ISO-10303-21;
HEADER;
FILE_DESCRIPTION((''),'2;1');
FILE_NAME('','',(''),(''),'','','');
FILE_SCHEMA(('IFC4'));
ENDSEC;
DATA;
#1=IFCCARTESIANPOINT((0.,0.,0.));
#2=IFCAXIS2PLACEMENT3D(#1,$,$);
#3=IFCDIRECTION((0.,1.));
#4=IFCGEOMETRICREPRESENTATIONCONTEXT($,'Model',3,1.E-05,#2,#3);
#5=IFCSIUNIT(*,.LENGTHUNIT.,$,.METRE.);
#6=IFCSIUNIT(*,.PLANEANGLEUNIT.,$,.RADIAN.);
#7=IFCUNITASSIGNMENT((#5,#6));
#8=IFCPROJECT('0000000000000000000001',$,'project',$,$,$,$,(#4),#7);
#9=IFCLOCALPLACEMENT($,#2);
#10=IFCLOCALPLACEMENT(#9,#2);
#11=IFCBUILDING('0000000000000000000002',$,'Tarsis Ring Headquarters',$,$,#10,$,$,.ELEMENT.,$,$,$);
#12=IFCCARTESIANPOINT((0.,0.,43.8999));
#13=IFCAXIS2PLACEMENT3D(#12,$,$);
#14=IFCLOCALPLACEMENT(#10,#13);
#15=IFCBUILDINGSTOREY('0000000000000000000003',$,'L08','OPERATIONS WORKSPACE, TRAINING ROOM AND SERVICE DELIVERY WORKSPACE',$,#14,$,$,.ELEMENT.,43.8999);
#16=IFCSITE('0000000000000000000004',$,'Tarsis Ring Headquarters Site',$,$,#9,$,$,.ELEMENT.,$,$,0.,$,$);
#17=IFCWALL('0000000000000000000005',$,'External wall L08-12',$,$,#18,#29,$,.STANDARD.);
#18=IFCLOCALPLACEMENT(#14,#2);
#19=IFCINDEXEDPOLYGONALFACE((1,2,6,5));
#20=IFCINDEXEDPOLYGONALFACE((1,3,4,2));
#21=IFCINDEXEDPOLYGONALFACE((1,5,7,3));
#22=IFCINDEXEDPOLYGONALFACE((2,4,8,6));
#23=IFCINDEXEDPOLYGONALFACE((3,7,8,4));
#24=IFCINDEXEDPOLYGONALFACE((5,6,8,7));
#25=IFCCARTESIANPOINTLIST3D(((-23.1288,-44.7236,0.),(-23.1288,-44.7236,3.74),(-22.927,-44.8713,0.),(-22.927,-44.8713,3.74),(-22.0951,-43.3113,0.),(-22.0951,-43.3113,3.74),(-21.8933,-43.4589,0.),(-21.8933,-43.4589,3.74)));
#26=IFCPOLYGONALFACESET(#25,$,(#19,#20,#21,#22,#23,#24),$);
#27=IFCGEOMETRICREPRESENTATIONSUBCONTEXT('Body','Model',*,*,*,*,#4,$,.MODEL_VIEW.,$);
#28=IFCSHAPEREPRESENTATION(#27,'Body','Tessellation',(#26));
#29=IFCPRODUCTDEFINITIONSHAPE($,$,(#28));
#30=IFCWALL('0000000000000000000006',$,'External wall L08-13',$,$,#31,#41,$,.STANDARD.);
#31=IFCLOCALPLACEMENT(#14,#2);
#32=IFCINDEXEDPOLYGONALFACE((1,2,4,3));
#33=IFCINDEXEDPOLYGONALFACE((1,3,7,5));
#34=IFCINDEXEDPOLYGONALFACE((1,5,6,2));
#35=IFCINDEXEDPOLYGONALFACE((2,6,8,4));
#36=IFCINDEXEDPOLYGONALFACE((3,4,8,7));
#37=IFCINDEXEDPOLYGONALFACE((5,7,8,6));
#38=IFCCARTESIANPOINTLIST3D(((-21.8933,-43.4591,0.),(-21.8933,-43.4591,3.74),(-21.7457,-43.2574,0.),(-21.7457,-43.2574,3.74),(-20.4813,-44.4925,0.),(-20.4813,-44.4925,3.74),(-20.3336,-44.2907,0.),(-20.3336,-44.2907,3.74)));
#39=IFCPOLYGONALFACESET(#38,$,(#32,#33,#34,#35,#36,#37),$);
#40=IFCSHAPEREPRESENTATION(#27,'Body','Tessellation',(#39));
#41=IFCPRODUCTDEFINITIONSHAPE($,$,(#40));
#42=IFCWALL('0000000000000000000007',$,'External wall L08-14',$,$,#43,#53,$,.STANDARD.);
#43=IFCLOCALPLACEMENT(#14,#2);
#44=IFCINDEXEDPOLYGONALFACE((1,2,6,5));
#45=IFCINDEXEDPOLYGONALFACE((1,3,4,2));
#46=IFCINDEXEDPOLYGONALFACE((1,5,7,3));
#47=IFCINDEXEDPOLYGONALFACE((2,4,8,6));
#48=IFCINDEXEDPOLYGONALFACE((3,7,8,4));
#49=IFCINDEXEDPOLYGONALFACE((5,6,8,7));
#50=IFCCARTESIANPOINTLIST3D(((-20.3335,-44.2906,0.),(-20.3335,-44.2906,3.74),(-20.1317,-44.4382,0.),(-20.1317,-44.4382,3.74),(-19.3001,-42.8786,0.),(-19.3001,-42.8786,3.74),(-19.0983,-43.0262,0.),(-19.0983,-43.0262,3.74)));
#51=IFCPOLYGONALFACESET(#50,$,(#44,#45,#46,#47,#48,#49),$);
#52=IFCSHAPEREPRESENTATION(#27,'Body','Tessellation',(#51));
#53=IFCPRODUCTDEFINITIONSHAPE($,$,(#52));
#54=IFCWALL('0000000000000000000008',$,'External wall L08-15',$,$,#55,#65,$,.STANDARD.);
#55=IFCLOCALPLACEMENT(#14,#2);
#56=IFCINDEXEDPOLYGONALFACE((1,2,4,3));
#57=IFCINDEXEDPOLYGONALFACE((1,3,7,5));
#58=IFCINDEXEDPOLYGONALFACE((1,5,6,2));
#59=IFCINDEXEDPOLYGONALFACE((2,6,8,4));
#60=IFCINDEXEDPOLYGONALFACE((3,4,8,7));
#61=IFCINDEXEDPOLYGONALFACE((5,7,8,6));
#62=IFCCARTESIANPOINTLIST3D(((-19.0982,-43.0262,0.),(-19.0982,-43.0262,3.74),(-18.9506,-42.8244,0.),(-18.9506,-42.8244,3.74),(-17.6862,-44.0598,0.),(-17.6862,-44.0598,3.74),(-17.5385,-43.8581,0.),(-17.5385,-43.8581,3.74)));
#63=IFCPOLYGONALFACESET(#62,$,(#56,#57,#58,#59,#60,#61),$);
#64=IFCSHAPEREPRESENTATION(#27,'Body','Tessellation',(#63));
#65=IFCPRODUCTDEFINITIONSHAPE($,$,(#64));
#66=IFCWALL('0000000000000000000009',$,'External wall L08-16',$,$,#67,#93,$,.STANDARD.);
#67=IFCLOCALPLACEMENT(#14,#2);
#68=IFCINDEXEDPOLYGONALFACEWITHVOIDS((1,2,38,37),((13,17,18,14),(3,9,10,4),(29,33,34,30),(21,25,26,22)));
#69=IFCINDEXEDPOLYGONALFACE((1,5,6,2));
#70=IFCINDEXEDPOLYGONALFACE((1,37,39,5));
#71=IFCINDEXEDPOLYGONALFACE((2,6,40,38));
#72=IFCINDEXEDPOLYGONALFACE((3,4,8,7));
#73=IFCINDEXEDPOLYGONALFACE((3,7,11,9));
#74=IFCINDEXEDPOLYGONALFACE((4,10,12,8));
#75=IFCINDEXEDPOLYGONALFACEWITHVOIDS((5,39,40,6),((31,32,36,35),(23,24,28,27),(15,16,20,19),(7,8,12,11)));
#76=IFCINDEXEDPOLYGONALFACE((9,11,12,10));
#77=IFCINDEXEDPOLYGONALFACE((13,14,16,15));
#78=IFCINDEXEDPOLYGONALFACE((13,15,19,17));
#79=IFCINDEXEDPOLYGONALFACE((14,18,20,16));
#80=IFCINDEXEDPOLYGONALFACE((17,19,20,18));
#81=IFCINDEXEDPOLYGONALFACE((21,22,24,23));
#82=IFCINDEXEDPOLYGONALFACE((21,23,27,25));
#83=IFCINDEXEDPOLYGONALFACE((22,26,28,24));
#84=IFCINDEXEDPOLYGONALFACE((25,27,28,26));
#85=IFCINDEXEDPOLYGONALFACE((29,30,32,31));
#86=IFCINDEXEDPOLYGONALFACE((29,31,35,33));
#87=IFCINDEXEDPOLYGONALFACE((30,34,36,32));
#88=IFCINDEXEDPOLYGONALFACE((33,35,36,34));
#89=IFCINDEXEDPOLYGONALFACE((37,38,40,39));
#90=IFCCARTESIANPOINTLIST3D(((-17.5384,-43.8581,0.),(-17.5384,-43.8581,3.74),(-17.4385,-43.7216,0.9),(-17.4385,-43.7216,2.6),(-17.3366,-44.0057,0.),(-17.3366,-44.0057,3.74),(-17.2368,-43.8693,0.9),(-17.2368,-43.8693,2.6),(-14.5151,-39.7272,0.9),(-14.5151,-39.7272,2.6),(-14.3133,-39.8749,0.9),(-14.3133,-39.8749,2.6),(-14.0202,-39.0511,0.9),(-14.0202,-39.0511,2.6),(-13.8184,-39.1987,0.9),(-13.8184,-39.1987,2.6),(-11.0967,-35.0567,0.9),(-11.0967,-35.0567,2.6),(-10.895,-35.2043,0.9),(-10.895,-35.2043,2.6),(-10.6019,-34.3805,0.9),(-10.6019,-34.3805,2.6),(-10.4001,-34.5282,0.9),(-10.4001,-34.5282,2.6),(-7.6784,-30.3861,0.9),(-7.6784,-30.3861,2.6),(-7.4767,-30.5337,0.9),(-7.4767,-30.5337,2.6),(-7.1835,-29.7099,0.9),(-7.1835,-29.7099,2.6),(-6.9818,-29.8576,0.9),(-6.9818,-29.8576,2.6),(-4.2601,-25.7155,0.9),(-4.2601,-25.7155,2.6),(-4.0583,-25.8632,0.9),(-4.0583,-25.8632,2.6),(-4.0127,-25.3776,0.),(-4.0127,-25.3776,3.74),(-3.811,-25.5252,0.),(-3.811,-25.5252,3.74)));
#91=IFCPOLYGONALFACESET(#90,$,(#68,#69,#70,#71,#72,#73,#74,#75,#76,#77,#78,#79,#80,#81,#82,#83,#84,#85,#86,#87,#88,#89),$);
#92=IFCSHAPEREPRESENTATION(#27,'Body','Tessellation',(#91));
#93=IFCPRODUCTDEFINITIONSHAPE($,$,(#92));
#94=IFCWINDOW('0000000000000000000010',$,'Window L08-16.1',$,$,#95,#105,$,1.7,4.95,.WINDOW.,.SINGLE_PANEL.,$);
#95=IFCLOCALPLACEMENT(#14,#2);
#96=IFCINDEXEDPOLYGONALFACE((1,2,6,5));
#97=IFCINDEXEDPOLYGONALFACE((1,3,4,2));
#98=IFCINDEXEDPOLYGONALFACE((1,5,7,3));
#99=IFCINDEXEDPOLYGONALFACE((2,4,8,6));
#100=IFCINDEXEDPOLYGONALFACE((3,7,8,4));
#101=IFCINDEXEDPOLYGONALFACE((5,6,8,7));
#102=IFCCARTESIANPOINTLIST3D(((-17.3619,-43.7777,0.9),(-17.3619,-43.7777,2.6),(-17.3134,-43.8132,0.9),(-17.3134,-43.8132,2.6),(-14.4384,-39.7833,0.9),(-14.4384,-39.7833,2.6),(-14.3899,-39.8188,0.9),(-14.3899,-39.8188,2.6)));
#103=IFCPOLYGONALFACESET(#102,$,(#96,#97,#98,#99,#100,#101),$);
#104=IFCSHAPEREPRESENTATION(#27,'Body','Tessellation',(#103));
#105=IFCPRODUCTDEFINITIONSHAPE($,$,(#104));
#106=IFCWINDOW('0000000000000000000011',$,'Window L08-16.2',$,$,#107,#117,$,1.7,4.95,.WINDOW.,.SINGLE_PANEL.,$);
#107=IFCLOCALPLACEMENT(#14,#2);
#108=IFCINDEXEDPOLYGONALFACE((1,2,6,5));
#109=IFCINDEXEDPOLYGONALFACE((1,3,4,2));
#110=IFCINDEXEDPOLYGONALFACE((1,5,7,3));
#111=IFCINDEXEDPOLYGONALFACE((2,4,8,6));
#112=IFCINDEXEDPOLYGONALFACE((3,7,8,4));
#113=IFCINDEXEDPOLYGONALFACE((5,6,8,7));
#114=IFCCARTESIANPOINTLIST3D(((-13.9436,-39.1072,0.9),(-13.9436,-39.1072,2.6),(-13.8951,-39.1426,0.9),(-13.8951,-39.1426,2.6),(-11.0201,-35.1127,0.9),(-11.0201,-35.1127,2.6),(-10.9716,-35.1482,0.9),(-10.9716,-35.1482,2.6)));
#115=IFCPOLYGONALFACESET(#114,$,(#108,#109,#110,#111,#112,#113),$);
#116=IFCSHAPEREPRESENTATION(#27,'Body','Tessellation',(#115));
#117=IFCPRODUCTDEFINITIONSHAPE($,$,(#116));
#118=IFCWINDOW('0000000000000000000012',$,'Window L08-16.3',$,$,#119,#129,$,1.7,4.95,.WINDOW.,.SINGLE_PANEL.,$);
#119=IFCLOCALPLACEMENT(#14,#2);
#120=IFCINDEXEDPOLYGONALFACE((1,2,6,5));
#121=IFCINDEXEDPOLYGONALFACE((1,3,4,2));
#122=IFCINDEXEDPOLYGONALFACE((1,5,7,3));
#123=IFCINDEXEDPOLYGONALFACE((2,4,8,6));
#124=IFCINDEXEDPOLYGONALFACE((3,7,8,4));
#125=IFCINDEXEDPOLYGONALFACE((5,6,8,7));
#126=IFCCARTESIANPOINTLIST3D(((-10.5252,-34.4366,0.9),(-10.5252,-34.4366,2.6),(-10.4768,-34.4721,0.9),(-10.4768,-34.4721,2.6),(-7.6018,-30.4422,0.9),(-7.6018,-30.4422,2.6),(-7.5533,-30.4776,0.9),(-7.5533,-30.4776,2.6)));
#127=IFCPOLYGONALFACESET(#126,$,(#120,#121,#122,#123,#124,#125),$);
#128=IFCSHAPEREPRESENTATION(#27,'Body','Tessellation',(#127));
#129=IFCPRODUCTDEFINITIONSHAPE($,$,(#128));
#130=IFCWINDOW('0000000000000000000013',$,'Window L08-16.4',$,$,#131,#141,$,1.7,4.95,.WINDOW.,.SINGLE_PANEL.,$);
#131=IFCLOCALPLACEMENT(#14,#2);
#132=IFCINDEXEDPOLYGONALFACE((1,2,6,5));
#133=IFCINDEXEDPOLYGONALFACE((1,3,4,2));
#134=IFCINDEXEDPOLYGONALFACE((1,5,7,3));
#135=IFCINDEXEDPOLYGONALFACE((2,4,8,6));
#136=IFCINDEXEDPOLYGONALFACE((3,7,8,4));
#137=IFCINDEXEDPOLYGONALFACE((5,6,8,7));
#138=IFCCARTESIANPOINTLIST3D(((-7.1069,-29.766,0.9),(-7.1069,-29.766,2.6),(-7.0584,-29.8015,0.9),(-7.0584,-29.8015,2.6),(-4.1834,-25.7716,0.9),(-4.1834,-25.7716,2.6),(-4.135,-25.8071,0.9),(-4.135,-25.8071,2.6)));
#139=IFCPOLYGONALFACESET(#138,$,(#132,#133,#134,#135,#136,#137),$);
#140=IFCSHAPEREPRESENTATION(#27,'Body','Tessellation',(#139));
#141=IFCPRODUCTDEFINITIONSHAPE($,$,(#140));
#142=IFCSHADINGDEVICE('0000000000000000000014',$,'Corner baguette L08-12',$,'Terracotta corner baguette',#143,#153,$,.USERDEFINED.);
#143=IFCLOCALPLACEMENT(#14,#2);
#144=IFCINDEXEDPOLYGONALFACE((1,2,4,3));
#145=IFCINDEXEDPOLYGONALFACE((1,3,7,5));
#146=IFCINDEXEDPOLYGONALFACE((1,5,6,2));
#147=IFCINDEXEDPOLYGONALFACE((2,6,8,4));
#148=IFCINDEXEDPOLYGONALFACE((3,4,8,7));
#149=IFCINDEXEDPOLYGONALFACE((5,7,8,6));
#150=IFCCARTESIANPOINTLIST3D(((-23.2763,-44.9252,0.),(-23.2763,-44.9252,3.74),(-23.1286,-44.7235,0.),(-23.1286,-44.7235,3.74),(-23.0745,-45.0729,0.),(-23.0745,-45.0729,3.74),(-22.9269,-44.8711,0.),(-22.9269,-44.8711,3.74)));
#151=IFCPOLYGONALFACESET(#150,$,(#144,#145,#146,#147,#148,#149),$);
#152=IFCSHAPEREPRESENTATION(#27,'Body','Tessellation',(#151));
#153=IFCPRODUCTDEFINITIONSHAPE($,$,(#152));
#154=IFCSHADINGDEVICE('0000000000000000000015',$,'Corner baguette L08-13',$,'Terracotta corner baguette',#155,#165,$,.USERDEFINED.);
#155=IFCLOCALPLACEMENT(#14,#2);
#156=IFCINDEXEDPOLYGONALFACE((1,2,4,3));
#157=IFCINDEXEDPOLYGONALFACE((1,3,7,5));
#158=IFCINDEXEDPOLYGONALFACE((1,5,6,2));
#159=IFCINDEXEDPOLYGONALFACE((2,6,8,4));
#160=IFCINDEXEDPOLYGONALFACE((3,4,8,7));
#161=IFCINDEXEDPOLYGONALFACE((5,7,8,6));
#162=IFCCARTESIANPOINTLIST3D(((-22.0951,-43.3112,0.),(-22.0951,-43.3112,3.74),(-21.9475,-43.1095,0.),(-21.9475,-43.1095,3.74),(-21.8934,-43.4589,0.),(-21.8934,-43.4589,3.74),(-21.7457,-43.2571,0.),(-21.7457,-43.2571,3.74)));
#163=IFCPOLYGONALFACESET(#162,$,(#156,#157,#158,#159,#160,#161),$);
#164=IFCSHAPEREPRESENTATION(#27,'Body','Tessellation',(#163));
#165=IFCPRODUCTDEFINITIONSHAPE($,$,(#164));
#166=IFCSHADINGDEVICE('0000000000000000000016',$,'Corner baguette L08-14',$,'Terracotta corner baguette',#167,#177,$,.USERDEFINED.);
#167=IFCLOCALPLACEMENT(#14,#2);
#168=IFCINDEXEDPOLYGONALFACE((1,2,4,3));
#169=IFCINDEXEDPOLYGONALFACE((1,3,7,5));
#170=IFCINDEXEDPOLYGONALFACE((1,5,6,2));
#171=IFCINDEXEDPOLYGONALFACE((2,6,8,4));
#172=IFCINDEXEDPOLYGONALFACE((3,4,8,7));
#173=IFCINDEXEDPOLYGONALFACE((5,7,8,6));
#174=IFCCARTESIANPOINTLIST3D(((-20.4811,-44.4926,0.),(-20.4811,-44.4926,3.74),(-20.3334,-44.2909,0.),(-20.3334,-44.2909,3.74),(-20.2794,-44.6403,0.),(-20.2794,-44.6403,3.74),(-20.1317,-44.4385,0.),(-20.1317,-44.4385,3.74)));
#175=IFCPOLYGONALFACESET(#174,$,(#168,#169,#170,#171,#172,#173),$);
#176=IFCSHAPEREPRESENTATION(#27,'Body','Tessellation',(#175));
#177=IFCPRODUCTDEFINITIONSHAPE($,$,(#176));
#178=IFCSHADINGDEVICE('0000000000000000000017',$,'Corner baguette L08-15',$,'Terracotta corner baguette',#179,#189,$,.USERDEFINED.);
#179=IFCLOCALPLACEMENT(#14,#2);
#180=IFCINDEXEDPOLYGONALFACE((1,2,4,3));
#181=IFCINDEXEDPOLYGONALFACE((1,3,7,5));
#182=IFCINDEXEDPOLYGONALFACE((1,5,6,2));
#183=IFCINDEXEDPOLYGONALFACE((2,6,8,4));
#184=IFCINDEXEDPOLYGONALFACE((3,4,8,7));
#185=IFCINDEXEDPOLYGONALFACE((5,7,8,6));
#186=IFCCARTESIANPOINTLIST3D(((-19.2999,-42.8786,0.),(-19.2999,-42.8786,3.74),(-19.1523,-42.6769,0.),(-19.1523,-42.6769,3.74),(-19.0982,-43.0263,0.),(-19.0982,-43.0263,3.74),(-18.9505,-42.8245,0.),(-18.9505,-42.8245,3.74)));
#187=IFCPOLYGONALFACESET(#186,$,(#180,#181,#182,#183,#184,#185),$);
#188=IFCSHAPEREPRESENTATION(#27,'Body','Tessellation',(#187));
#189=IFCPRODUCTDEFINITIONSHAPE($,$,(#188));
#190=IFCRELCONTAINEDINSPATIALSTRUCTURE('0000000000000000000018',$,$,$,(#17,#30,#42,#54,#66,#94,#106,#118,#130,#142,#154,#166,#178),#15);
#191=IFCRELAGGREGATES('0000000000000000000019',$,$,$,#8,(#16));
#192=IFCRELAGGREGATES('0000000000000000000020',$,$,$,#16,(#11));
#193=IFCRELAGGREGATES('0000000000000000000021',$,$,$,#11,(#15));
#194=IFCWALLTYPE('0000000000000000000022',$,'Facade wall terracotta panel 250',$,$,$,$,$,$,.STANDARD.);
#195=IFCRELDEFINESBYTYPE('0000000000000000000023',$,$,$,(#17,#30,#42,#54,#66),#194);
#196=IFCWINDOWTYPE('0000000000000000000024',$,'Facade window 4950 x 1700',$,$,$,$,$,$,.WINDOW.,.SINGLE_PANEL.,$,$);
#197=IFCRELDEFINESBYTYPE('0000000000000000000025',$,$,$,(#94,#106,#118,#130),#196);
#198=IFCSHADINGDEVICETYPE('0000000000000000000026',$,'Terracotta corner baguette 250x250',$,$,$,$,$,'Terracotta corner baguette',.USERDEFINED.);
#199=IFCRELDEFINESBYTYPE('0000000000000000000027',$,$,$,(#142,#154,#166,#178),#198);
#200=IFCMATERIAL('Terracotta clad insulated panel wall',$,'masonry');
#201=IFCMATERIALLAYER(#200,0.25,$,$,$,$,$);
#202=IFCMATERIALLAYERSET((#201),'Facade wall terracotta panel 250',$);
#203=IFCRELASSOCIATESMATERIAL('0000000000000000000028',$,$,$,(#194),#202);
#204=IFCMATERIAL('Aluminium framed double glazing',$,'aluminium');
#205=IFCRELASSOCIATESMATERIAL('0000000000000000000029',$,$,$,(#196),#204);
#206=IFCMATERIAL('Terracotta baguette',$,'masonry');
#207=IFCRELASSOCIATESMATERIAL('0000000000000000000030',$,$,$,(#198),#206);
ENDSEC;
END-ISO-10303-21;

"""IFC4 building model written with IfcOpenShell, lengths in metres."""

from ifc_helpers import new_model, si_unit, direction, frame, frame_2d, origin, origin_2d, place, context, subcontext, project, spatial, rectangle, extrude, material, layer, layer_set, type_object, element, fill, save


model = new_model("IFC4")

# Units and contexts
model_context = context("Model", 3, precision=1e-05, world=origin(), true_north=direction((0.0, 1.0)))
body_context = subcontext(model_context, "Body", "Model", "MODEL_VIEW")
ifc_project = project(units=[si_unit("LENGTHUNIT", "METRE"), si_unit("PLANEANGLEUNIT", "RADIAN")], contexts=[model_context])

# Site, building, storey
site_placement = place(None, origin())
site = spatial("IfcSite", under=ifc_project, at=site_placement, Name="Tarsis Ring Headquarters Site", CompositionType="ELEMENT", RefElevation=0.0)
building_placement = place(site_placement, origin())
building = spatial("IfcBuilding", under=site, at=building_placement, Name="Tarsis Ring Headquarters", CompositionType="ELEMENT")
storey_placement = place(building_placement, frame((0.0, 0.0, 43.8999)))
storey = spatial("IfcBuildingStorey", under=building, at=storey_placement, Name="L08", Description="OPERATIONS WORKSPACE, TRAINING ROOM AND SERVICE DELIVERY WORKSPACE", CompositionType="ELEMENT", Elevation=43.8999)

# Walls
ifc_material_1 = material(Name="Terracotta clad insulated panel wall", Category="masonry")
ifc_layer_1 = layer(ifc_material_1, 0.25)
ifc_layer_set_1 = layer_set([ifc_layer_1], Name="Facade wall terracotta panel 250")
wall_type_1 = type_object("IfcWallType", Name="Facade wall terracotta panel 250", PredefinedType="STANDARD", material=ifc_layer_set_1)
wall_1_placement = place(storey_placement, frame((-23.0278, -44.7974, 0.0), z_axis=(0.0, 0.0, 1.0), x_axis=(0.590607, 0.806959, 0.0)))
element("IfcWall", 1, at=wall_1_placement, inside=storey, type_object=wall_type_1, Name="External wall L08-12", PredefinedType="STANDARD", context=body_context, shape_type="SweptSolid", body=[
    extrude(rectangle(XDim=1.7502, YDim=0.25, at=frame_2d((0.875, 0.0))), origin(), (0.0, 0.0, 1.0), 3.74),
])
for number, where, z_axis, x_axis, name in (
    (2, (-21.8196, -43.3582, 0.0), (0.0, 0.0, 1.0), (0.806977, -0.590583, 0.0), "External wall L08-13"),
    (3, (-20.2327, -44.3645, 0.0), (0.0, 0.0, 1.0), (0.590583, 0.806977, 0.0), "External wall L08-14"),
):
    element("IfcWall", number, at=place(storey_placement, frame(where, z_axis=z_axis, x_axis=x_axis)), inside=storey, type_object=wall_type_1, Name=name, PredefinedType="STANDARD", context=body_context, shape_type="SweptSolid", body=[
        extrude(rectangle(XDim=1.7498, YDim=0.25, at=frame_2d((0.875, 0.0))), origin(), (0.0, 0.0, 1.0), 3.74),
    ])
wall_2_placement = place(storey_placement, frame((-19.0244, -42.9253, 0.0), z_axis=(0.0, 0.0, 1.0), x_axis=(0.80691, -0.590674, 0.0)))
element("IfcWall", 4, at=wall_2_placement, inside=storey, type_object=wall_type_1, Name="External wall L08-15", PredefinedType="STANDARD", context=body_context, shape_type="SweptSolid", body=[
    extrude(rectangle(XDim=1.75, YDim=0.25, at=frame_2d((0.875, 0.0))), origin(), (0.0, 0.0, 1.0), 3.74),
])

# Wall, openings, windows
wall_3_placement = place(storey_placement, frame((-17.4375, -43.9319, 0.0), z_axis=(0.0, 0.0, 1.0), x_axis=(0.590605, 0.806961, 0.0)))
wall_3 = element("IfcWall", 5, at=wall_3_placement, inside=storey, type_object=wall_type_1, Name="External wall L08-16", PredefinedType="STANDARD", context=body_context, shape_type="SweptSolid", body=[
    extrude(rectangle(XDim=22.9014, YDim=0.25, at=frame_2d((11.4507, 0.0))), origin(), (0.0, 0.0, 1.0), 3.74),
])
opening_1_placement = place(wall_3_placement, frame((0.1689, 0.0, 0.8999)))
opening_1 = element("IfcOpeningElement", 6, at=opening_1_placement, cuts=wall_3, PredefinedType="OPENING", context=body_context, shape_type="SweptSolid", body=[
    extrude(rectangle(XDim=4.95, YDim=1.7, at=frame_2d((2.4751, 0.8501))), frame((0.0, 0.135, 0.0), z_axis=(0.0, -1.0, 0.0), x_axis=(1.0, 0.0, 0.0)), (0.0, 0.0, 1.0), 0.27),
])
opening_2_placement = place(wall_3_placement, frame((5.9568, 0.0, 0.8999)))
opening_2 = element("IfcOpeningElement", 7, at=opening_2_placement, cuts=wall_3, PredefinedType="OPENING", context=body_context, shape_type="SweptSolid", body=[
    extrude(rectangle(XDim=4.95, YDim=1.7, at=frame_2d((2.4751, 0.8501))), frame((0.0, 0.135, 0.0), z_axis=(0.0, -1.0, 0.0), x_axis=(1.0, 0.0, 0.0)), (0.0, 0.0, 1.0), 0.27),
])
opening_3_placement = place(wall_3_placement, frame((11.7446, 0.0, 0.8999)))
opening_3 = element("IfcOpeningElement", 8, at=opening_3_placement, cuts=wall_3, PredefinedType="OPENING", context=body_context, shape_type="SweptSolid", body=[
    extrude(rectangle(XDim=4.95, YDim=1.7, at=frame_2d((2.4751, 0.8501))), frame((0.0, 0.135, 0.0), z_axis=(0.0, -1.0, 0.0), x_axis=(1.0, 0.0, 0.0)), (0.0, 0.0, 1.0), 0.27),
])
opening_4_placement = place(wall_3_placement, frame((17.5325, 0.0, 0.8999)))
opening_4 = element("IfcOpeningElement", 9, at=opening_4_placement, cuts=wall_3, PredefinedType="OPENING", context=body_context, shape_type="SweptSolid", body=[
    extrude(rectangle(XDim=4.95, YDim=1.7, at=frame_2d((2.4751, 0.8501))), frame((0.0, 0.135, 0.0), z_axis=(0.0, -1.0, 0.0), x_axis=(1.0, 0.0, 0.0)), (0.0, 0.0, 1.0), 0.27),
])
ifc_material_2 = material(Name="Aluminium framed double glazing", Category="aluminium")
window_type = type_object("IfcWindowType", Name="Facade window 4950 x 1700", PartitioningType="SINGLE_PANEL", PredefinedType="WINDOW", material=ifc_material_2)
window_1_placement = place(opening_1_placement, origin())
window_1 = element("IfcWindow", 10, at=window_1_placement, inside=storey, type_object=window_type, Name="Window L08-16.1", OverallHeight=1.7, OverallWidth=4.95, PartitioningType="SINGLE_PANEL", PredefinedType="WINDOW", context=body_context, shape_type="SweptSolid", body=[
    extrude(rectangle(XDim=4.95, YDim=1.7, at=frame_2d((2.4751, 0.8501))), frame((0.0, 0.03, 0.0), z_axis=(0.0, -1.0, 0.0), x_axis=(1.0, 0.0, 0.0)), (0.0, 0.0, 1.0), 0.0601),
])
fill(opening_1, window_1)
window_2_placement = place(opening_2_placement, origin())
window_2 = element("IfcWindow", 11, at=window_2_placement, inside=storey, type_object=window_type, Name="Window L08-16.2", OverallHeight=1.7, OverallWidth=4.95, PartitioningType="SINGLE_PANEL", PredefinedType="WINDOW", context=body_context, shape_type="SweptSolid", body=[
    extrude(rectangle(XDim=4.95, YDim=1.7, at=frame_2d((2.4751, 0.8501))), frame((0.0, 0.03, 0.0), z_axis=(0.0, -1.0, 0.0), x_axis=(1.0, 0.0, 0.0)), (0.0, 0.0, 1.0), 0.0601),
])
fill(opening_2, window_2)
window_3_placement = place(opening_3_placement, origin())
window_3 = element("IfcWindow", 12, at=window_3_placement, inside=storey, type_object=window_type, Name="Window L08-16.3", OverallHeight=1.7, OverallWidth=4.95, PartitioningType="SINGLE_PANEL", PredefinedType="WINDOW", context=body_context, shape_type="SweptSolid", body=[
    extrude(rectangle(XDim=4.95, YDim=1.7, at=frame_2d((2.4751, 0.8501))), frame((0.0, 0.03, 0.0), z_axis=(0.0, -1.0, 0.0), x_axis=(1.0, 0.0, 0.0)), (0.0, 0.0, 1.0), 0.0601),
])
fill(opening_3, window_3)
window_4_placement = place(opening_4_placement, origin())
window_4 = element("IfcWindow", 13, at=window_4_placement, inside=storey, type_object=window_type, Name="Window L08-16.4", OverallHeight=1.7, OverallWidth=4.95, PartitioningType="SINGLE_PANEL", PredefinedType="WINDOW", context=body_context, shape_type="SweptSolid", body=[
    extrude(rectangle(XDim=4.95, YDim=1.7, at=frame_2d((2.4751, 0.8501))), frame((0.0, 0.03, 0.0), z_axis=(0.0, -1.0, 0.0), x_axis=(1.0, 0.0, 0.0)), (0.0, 0.0, 1.0), 0.0601),
])
fill(opening_4, window_4)

# Shading devices
ifc_material_3 = material(Name="Terracotta baguette", Category="masonry")
shading_device_type_1 = type_object("IfcShadingDeviceType", Name="Terracotta corner baguette 250x250", ElementType="Terracotta corner baguette", PredefinedType="USERDEFINED", material=ifc_material_3)
for number, where, z_axis, x_axis, name in (
    (14, (-23.1016, -44.8982, 0.0), (0.0, 0.0, 1.0), (0.80696, -0.590606, 0.0), "Corner baguette L08-12"),
    (15, (-21.9204, -43.2842, 0.0), (0.0, 0.0, 1.0), (0.590606, 0.80696, 0.0), "Corner baguette L08-13"),
    (16, (-20.3064, -44.4656, 0.0), (0.0, 0.0, 1.0), (0.80696, -0.590606, 0.0), "Corner baguette L08-14"),
    (17, (-19.1252, -42.8516, 0.0), (0.0, 0.0, 1.0), (0.590606, 0.80696, 0.0), "Corner baguette L08-15"),
):
    element("IfcShadingDevice", number, at=place(storey_placement, frame(where, z_axis=z_axis, x_axis=x_axis)), inside=storey, type_object=shading_device_type_1, Name=name, ObjectType="Terracotta corner baguette", PredefinedType="USERDEFINED", context=body_context, shape_type="SweptSolid", body=[
        extrude(rectangle(XDim=0.25, YDim=0.25, at=origin_2d()), origin(), (0.0, 0.0, 1.0), 3.74),
    ])

save(model, "model.ifc")
